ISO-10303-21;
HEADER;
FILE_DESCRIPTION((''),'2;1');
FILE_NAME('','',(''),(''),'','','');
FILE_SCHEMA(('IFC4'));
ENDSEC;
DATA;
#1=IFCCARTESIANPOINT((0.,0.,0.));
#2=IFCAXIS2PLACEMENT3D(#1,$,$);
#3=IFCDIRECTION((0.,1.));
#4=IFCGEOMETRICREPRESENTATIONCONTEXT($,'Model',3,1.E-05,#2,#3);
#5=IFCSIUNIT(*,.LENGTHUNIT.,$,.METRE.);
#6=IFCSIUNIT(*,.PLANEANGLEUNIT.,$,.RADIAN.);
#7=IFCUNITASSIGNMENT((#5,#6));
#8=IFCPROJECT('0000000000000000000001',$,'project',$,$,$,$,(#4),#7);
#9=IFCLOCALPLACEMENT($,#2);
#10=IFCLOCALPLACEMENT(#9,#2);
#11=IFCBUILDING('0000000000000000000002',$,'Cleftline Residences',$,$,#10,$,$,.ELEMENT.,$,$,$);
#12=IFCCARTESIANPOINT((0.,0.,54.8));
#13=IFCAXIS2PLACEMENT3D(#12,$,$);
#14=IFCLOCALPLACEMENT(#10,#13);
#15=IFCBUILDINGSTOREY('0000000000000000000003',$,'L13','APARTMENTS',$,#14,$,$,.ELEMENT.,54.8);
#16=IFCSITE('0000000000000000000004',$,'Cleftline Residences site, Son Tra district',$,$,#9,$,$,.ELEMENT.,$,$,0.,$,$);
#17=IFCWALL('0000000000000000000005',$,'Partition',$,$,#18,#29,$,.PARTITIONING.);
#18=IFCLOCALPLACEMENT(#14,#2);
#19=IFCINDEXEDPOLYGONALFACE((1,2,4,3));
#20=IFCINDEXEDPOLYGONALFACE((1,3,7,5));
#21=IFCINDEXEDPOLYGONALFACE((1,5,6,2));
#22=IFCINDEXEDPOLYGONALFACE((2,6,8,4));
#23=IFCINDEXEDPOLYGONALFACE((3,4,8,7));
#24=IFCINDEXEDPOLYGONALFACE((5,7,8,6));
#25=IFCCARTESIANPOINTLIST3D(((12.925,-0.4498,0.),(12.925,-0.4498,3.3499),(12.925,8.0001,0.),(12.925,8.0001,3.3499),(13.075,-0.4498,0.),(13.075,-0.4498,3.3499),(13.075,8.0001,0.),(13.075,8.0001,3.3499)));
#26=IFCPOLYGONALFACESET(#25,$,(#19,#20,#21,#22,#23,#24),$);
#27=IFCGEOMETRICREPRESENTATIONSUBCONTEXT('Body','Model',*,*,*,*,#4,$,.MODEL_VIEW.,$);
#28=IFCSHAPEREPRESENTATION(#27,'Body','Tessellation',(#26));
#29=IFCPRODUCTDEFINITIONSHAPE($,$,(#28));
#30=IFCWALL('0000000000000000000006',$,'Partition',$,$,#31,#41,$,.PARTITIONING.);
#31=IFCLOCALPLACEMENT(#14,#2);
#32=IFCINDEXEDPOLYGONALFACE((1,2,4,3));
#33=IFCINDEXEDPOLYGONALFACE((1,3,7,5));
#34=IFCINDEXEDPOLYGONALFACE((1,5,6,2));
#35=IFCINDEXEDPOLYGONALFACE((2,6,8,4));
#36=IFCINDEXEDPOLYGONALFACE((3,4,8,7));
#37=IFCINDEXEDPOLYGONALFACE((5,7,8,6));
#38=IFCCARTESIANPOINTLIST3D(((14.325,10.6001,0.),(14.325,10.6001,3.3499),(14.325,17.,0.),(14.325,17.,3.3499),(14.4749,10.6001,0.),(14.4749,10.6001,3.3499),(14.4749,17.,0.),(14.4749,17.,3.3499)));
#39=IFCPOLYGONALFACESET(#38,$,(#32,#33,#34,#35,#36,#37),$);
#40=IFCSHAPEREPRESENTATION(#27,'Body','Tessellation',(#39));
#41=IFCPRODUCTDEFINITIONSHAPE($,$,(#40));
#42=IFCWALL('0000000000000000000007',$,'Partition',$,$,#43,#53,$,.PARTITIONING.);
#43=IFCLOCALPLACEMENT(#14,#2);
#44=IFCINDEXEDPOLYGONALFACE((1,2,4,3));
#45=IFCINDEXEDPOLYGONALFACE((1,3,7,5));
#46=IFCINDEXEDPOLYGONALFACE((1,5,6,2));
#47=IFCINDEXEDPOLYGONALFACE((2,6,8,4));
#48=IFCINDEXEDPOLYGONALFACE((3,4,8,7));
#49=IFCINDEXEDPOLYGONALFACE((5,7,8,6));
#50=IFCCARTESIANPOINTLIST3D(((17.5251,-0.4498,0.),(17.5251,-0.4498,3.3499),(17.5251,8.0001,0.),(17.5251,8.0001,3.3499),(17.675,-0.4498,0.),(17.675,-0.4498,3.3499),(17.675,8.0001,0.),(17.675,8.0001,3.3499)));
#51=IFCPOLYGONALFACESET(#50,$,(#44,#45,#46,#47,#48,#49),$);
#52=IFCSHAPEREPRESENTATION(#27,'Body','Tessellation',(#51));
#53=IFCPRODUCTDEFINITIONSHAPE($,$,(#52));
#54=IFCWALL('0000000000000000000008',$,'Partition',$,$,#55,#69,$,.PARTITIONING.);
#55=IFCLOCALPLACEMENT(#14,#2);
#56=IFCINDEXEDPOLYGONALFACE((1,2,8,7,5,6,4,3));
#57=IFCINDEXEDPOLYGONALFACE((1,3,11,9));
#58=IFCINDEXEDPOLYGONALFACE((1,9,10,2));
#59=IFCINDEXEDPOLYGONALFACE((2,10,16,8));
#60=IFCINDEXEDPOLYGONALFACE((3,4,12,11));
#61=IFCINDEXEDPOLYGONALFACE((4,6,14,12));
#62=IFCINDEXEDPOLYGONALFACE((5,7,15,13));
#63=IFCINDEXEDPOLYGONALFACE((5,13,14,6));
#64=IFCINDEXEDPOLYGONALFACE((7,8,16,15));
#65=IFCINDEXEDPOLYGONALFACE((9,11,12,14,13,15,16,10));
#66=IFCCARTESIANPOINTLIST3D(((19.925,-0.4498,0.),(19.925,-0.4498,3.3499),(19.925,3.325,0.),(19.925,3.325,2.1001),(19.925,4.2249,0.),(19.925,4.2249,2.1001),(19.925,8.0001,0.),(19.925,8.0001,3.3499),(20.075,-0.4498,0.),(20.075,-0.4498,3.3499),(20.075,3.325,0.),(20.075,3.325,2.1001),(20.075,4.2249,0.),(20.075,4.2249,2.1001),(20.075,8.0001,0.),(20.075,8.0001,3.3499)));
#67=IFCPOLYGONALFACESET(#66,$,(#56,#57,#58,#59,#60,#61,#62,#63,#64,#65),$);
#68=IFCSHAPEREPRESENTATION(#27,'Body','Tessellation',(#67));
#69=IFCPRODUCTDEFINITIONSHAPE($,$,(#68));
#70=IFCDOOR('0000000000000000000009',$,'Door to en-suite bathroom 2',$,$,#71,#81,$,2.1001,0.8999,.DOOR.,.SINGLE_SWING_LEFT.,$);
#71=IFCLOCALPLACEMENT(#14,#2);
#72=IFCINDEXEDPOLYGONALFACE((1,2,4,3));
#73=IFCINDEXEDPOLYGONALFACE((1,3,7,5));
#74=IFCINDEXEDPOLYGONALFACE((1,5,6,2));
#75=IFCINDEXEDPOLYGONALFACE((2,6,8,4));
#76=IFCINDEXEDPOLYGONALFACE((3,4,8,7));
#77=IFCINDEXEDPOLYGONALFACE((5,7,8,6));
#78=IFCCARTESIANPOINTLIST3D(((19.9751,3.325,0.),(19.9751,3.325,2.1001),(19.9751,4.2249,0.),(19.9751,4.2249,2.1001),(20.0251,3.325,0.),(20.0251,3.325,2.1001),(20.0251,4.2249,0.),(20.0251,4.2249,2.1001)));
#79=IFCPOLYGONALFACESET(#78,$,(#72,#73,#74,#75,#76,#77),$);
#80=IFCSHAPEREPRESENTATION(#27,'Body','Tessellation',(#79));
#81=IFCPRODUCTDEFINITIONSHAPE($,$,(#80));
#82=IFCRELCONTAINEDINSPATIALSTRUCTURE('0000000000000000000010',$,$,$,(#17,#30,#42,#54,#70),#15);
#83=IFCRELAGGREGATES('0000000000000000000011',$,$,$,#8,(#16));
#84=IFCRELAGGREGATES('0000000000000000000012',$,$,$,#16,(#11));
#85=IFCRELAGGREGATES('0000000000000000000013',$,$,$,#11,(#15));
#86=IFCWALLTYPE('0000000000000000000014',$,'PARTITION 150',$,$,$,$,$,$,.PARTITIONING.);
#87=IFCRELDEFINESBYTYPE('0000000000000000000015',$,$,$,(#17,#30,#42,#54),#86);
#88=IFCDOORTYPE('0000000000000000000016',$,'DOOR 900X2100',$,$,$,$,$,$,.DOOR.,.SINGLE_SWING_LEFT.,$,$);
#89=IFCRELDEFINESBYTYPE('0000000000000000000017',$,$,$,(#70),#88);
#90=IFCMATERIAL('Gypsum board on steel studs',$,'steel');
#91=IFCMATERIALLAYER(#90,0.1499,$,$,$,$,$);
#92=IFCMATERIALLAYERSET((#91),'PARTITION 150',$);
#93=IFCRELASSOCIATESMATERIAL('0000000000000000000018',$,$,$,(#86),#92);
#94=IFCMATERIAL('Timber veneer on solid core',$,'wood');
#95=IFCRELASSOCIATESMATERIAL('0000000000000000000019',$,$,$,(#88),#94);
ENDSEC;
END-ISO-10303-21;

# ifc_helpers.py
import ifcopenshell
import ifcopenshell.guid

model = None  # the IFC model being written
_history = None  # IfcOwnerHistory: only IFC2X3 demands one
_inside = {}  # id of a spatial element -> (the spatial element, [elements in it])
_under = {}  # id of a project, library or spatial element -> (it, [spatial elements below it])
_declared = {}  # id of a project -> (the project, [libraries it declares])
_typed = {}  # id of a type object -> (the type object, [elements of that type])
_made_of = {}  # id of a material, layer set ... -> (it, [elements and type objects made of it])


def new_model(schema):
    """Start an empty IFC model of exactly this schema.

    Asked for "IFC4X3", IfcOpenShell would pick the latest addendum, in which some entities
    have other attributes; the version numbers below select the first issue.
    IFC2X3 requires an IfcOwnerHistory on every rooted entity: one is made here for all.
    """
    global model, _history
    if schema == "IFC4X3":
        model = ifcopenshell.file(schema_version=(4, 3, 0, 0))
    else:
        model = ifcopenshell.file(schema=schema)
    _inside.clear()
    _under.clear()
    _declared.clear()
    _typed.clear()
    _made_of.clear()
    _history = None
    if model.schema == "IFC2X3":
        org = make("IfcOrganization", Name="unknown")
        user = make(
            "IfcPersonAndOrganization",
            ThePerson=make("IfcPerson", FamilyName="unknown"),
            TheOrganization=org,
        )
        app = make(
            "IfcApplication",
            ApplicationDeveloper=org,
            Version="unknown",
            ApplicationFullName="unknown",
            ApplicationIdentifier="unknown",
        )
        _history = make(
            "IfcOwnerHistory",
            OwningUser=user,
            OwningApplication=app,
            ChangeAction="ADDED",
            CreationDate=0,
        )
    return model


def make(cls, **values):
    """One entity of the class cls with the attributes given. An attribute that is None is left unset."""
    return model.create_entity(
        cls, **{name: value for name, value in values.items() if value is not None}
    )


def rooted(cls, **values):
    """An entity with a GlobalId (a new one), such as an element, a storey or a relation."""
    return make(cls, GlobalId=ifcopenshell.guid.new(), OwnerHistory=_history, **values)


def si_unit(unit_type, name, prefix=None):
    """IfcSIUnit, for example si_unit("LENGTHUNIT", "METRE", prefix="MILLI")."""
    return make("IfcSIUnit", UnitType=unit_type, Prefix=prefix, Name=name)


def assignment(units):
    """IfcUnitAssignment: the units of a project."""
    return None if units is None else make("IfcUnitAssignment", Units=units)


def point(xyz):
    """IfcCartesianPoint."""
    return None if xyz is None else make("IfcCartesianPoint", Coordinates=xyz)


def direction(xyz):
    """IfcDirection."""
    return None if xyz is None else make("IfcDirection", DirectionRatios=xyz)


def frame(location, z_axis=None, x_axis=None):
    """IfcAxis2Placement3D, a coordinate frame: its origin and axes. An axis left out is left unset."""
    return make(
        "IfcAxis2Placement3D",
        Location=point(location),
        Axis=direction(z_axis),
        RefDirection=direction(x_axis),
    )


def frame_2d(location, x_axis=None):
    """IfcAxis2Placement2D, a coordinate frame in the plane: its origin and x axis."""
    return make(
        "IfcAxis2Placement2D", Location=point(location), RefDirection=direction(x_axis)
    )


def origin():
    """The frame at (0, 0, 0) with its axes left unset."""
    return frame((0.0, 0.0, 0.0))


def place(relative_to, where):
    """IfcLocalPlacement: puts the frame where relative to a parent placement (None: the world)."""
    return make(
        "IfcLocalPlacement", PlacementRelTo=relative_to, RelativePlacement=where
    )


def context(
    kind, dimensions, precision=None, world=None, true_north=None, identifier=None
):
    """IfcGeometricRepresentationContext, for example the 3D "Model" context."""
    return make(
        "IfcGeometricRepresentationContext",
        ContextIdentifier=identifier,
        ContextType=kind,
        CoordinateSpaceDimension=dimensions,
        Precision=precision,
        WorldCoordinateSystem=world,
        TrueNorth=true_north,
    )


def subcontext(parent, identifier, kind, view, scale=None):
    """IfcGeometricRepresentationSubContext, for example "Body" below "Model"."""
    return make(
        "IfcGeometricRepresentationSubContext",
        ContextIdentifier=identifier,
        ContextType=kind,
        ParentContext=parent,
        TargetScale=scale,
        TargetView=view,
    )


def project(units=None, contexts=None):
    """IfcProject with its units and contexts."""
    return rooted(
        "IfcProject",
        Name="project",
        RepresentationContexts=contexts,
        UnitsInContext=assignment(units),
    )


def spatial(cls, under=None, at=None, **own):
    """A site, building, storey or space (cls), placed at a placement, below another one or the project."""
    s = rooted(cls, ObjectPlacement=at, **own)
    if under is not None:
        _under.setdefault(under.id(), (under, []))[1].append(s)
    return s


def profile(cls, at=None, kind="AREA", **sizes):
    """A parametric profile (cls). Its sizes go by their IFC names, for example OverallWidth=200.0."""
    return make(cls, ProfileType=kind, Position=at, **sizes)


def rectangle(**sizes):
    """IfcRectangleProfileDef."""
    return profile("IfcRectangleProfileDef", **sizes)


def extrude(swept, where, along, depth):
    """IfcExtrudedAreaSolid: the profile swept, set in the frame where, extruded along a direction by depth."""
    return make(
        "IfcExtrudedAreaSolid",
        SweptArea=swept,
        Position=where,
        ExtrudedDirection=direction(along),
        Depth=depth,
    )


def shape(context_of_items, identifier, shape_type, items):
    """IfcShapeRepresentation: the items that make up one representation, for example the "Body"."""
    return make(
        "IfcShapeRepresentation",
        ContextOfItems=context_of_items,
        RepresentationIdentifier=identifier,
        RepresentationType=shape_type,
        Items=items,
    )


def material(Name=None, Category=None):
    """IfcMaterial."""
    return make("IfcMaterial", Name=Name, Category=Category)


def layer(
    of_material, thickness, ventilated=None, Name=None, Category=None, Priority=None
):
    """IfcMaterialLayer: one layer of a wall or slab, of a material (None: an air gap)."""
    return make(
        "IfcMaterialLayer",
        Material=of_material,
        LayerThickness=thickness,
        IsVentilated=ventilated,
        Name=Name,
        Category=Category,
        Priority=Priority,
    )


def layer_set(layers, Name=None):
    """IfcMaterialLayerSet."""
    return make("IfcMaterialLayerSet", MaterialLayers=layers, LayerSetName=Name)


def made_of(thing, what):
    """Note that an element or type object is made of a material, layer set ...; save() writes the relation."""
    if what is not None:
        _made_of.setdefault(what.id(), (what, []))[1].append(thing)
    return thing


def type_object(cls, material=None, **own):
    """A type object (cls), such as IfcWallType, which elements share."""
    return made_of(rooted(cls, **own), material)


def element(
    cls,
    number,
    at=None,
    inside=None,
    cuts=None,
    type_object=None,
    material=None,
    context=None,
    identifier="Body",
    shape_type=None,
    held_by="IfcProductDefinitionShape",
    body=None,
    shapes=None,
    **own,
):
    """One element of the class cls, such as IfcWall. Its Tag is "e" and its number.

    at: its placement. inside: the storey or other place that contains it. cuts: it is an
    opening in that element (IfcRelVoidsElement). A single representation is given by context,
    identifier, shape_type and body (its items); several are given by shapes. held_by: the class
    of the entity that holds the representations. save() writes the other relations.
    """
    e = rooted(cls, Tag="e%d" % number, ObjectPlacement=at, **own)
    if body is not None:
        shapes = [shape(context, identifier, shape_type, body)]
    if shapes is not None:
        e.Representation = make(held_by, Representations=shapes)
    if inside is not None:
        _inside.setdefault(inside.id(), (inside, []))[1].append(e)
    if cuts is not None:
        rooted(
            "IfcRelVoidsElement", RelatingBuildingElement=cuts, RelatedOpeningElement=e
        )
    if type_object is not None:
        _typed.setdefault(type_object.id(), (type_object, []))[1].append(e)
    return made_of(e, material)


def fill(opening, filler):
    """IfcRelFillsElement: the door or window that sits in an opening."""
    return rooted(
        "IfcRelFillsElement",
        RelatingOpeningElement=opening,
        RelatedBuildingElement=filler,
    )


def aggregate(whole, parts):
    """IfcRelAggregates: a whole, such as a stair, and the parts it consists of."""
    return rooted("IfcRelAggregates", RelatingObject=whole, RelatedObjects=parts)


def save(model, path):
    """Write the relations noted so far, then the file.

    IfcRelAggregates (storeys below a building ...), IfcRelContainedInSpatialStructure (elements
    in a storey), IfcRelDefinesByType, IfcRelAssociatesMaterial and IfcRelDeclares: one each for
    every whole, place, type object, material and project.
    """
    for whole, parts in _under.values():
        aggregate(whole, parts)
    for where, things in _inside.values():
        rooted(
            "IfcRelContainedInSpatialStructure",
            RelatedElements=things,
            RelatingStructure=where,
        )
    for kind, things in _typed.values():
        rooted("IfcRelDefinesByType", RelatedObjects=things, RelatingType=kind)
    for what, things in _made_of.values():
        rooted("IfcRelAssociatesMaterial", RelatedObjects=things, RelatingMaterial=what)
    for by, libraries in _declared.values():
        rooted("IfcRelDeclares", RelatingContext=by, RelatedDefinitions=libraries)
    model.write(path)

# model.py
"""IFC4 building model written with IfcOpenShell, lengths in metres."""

from ifc_helpers import new_model, si_unit, direction, frame, frame_2d, origin, place, context, subcontext, project, spatial, rectangle, extrude, material, layer, layer_set, type_object, element, fill, save


model = new_model("IFC4")

# Units and contexts
model_context = context("Model", 3, precision=1e-05, world=origin(), true_north=direction((0.0, 1.0)))
body_context = subcontext(model_context, "Body", "Model", "MODEL_VIEW")
ifc_project = project(units=[si_unit("LENGTHUNIT", "METRE"), si_unit("PLANEANGLEUNIT", "RADIAN")], contexts=[model_context])

# Site, building, storey
site_placement = place(None, origin())
site = spatial("IfcSite", under=ifc_project, at=site_placement, Name="Cleftline Residences site, Son Tra district", CompositionType="ELEMENT", RefElevation=0.0)
building_placement = place(site_placement, origin())
building = spatial("IfcBuilding", under=site, at=building_placement, Name="Cleftline Residences", CompositionType="ELEMENT")
storey_placement = place(building_placement, frame((0.0, 0.0, 54.8)))
storey = spatial("IfcBuildingStorey", under=building, at=storey_placement, Name="L13", Description="APARTMENTS", CompositionType="ELEMENT", Elevation=54.8)

# Shared definitions
ifc_material_1 = material(Name="Gypsum board on steel studs", Category="steel")
ifc_layer_1 = layer(ifc_material_1, 0.1499)
ifc_layer_set_1 = layer_set([ifc_layer_1], Name="PARTITION 150")
wall_type = type_object("IfcWallType", Name="PARTITION 150", PredefinedType="PARTITIONING", material=ifc_layer_set_1)

# Walls
wall_1_placement = place(storey_placement, frame((13.0, -0.45, 0.0), z_axis=(0.0, 0.0, 1.0), x_axis=(0.0, 1.0, 0.0)))
element("IfcWall", 1, at=wall_1_placement, inside=storey, type_object=wall_type, Name="Partition", PredefinedType="PARTITIONING", context=body_context, shape_type="SweptSolid", body=[
    extrude(rectangle(XDim=8.45, YDim=0.1499, at=frame_2d((4.2251, 0.0))), origin(), (0.0, 0.0, 1.0), 3.3499),
])
wall_2_placement = place(storey_placement, frame((14.3999, 10.6001, 0.0), z_axis=(0.0, 0.0, 1.0), x_axis=(0.0, 1.0, 0.0)))
element("IfcWall", 2, at=wall_2_placement, inside=storey, type_object=wall_type, Name="Partition", PredefinedType="PARTITIONING", context=body_context, shape_type="SweptSolid", body=[
    extrude(rectangle(XDim=6.3999, YDim=0.1499, at=frame_2d((3.2, 0.0))), origin(), (0.0, 0.0, 1.0), 3.3499),
])
wall_3_placement = place(storey_placement, frame((17.6001, -0.45, 0.0), z_axis=(0.0, 0.0, 1.0), x_axis=(0.0, 1.0, 0.0)))
element("IfcWall", 3, at=wall_3_placement, inside=storey, type_object=wall_type, Name="Partition", PredefinedType="PARTITIONING", context=body_context, shape_type="SweptSolid", body=[
    extrude(rectangle(XDim=8.45, YDim=0.1499, at=frame_2d((4.2251, 0.0))), origin(), (0.0, 0.0, 1.0), 3.3499),
])

# Wall, opening, door
wall_4_placement = place(storey_placement, frame((20.0, -0.45, 0.0), z_axis=(0.0, 0.0, 1.0), x_axis=(0.0, 1.0, 0.0)))
wall_4 = element("IfcWall", 4, at=wall_4_placement, inside=storey, type_object=wall_type, Name="Partition", PredefinedType="PARTITIONING", context=body_context, shape_type="SweptSolid", body=[
    extrude(rectangle(XDim=8.45, YDim=0.1499, at=frame_2d((4.2251, 0.0))), origin(), (0.0, 0.0, 1.0), 3.3499),
])
opening_1_placement = place(wall_4_placement, frame((3.7749, 0.0, 0.0)))
opening_1 = element("IfcOpeningElement", 5, at=opening_1_placement, cuts=wall_4, PredefinedType="OPENING", context=body_context, shape_type="SweptSolid", body=[
    extrude(rectangle(XDim=0.8999, YDim=2.1001, at=frame_2d((0.45, 1.05))), frame((0.0, 0.085, 0.0), z_axis=(0.0, -1.0, 0.0), x_axis=(1.0, 0.0, 0.0)), (0.0, 0.0, 1.0), 0.1699),
])
ifc_material_2 = material(Name="Timber veneer on solid core", Category="wood")
door_type_1 = type_object("IfcDoorType", Name="DOOR 900X2100", OperationType="SINGLE_SWING_LEFT", PredefinedType="DOOR", material=ifc_material_2)
door_1_placement = place(opening_1_placement, origin())
door_1 = element("IfcDoor", 6, at=door_1_placement, inside=storey, type_object=door_type_1, Name="Door to en-suite bathroom 2", OperationType="SINGLE_SWING_LEFT", OverallHeight=2.1001, OverallWidth=0.8999, PredefinedType="DOOR", context=body_context, shape_type="SweptSolid", body=[
    extrude(rectangle(XDim=0.8999, YDim=2.1001, at=frame_2d((0.45, 1.05))), frame((0.0, 0.0249, 0.0), z_axis=(0.0, -1.0, 0.0), x_axis=(1.0, 0.0, 0.0)), (0.0, 0.0, 1.0), 0.05),
])
fill(opening_1, door_1)

save(model, "model.ifc")
